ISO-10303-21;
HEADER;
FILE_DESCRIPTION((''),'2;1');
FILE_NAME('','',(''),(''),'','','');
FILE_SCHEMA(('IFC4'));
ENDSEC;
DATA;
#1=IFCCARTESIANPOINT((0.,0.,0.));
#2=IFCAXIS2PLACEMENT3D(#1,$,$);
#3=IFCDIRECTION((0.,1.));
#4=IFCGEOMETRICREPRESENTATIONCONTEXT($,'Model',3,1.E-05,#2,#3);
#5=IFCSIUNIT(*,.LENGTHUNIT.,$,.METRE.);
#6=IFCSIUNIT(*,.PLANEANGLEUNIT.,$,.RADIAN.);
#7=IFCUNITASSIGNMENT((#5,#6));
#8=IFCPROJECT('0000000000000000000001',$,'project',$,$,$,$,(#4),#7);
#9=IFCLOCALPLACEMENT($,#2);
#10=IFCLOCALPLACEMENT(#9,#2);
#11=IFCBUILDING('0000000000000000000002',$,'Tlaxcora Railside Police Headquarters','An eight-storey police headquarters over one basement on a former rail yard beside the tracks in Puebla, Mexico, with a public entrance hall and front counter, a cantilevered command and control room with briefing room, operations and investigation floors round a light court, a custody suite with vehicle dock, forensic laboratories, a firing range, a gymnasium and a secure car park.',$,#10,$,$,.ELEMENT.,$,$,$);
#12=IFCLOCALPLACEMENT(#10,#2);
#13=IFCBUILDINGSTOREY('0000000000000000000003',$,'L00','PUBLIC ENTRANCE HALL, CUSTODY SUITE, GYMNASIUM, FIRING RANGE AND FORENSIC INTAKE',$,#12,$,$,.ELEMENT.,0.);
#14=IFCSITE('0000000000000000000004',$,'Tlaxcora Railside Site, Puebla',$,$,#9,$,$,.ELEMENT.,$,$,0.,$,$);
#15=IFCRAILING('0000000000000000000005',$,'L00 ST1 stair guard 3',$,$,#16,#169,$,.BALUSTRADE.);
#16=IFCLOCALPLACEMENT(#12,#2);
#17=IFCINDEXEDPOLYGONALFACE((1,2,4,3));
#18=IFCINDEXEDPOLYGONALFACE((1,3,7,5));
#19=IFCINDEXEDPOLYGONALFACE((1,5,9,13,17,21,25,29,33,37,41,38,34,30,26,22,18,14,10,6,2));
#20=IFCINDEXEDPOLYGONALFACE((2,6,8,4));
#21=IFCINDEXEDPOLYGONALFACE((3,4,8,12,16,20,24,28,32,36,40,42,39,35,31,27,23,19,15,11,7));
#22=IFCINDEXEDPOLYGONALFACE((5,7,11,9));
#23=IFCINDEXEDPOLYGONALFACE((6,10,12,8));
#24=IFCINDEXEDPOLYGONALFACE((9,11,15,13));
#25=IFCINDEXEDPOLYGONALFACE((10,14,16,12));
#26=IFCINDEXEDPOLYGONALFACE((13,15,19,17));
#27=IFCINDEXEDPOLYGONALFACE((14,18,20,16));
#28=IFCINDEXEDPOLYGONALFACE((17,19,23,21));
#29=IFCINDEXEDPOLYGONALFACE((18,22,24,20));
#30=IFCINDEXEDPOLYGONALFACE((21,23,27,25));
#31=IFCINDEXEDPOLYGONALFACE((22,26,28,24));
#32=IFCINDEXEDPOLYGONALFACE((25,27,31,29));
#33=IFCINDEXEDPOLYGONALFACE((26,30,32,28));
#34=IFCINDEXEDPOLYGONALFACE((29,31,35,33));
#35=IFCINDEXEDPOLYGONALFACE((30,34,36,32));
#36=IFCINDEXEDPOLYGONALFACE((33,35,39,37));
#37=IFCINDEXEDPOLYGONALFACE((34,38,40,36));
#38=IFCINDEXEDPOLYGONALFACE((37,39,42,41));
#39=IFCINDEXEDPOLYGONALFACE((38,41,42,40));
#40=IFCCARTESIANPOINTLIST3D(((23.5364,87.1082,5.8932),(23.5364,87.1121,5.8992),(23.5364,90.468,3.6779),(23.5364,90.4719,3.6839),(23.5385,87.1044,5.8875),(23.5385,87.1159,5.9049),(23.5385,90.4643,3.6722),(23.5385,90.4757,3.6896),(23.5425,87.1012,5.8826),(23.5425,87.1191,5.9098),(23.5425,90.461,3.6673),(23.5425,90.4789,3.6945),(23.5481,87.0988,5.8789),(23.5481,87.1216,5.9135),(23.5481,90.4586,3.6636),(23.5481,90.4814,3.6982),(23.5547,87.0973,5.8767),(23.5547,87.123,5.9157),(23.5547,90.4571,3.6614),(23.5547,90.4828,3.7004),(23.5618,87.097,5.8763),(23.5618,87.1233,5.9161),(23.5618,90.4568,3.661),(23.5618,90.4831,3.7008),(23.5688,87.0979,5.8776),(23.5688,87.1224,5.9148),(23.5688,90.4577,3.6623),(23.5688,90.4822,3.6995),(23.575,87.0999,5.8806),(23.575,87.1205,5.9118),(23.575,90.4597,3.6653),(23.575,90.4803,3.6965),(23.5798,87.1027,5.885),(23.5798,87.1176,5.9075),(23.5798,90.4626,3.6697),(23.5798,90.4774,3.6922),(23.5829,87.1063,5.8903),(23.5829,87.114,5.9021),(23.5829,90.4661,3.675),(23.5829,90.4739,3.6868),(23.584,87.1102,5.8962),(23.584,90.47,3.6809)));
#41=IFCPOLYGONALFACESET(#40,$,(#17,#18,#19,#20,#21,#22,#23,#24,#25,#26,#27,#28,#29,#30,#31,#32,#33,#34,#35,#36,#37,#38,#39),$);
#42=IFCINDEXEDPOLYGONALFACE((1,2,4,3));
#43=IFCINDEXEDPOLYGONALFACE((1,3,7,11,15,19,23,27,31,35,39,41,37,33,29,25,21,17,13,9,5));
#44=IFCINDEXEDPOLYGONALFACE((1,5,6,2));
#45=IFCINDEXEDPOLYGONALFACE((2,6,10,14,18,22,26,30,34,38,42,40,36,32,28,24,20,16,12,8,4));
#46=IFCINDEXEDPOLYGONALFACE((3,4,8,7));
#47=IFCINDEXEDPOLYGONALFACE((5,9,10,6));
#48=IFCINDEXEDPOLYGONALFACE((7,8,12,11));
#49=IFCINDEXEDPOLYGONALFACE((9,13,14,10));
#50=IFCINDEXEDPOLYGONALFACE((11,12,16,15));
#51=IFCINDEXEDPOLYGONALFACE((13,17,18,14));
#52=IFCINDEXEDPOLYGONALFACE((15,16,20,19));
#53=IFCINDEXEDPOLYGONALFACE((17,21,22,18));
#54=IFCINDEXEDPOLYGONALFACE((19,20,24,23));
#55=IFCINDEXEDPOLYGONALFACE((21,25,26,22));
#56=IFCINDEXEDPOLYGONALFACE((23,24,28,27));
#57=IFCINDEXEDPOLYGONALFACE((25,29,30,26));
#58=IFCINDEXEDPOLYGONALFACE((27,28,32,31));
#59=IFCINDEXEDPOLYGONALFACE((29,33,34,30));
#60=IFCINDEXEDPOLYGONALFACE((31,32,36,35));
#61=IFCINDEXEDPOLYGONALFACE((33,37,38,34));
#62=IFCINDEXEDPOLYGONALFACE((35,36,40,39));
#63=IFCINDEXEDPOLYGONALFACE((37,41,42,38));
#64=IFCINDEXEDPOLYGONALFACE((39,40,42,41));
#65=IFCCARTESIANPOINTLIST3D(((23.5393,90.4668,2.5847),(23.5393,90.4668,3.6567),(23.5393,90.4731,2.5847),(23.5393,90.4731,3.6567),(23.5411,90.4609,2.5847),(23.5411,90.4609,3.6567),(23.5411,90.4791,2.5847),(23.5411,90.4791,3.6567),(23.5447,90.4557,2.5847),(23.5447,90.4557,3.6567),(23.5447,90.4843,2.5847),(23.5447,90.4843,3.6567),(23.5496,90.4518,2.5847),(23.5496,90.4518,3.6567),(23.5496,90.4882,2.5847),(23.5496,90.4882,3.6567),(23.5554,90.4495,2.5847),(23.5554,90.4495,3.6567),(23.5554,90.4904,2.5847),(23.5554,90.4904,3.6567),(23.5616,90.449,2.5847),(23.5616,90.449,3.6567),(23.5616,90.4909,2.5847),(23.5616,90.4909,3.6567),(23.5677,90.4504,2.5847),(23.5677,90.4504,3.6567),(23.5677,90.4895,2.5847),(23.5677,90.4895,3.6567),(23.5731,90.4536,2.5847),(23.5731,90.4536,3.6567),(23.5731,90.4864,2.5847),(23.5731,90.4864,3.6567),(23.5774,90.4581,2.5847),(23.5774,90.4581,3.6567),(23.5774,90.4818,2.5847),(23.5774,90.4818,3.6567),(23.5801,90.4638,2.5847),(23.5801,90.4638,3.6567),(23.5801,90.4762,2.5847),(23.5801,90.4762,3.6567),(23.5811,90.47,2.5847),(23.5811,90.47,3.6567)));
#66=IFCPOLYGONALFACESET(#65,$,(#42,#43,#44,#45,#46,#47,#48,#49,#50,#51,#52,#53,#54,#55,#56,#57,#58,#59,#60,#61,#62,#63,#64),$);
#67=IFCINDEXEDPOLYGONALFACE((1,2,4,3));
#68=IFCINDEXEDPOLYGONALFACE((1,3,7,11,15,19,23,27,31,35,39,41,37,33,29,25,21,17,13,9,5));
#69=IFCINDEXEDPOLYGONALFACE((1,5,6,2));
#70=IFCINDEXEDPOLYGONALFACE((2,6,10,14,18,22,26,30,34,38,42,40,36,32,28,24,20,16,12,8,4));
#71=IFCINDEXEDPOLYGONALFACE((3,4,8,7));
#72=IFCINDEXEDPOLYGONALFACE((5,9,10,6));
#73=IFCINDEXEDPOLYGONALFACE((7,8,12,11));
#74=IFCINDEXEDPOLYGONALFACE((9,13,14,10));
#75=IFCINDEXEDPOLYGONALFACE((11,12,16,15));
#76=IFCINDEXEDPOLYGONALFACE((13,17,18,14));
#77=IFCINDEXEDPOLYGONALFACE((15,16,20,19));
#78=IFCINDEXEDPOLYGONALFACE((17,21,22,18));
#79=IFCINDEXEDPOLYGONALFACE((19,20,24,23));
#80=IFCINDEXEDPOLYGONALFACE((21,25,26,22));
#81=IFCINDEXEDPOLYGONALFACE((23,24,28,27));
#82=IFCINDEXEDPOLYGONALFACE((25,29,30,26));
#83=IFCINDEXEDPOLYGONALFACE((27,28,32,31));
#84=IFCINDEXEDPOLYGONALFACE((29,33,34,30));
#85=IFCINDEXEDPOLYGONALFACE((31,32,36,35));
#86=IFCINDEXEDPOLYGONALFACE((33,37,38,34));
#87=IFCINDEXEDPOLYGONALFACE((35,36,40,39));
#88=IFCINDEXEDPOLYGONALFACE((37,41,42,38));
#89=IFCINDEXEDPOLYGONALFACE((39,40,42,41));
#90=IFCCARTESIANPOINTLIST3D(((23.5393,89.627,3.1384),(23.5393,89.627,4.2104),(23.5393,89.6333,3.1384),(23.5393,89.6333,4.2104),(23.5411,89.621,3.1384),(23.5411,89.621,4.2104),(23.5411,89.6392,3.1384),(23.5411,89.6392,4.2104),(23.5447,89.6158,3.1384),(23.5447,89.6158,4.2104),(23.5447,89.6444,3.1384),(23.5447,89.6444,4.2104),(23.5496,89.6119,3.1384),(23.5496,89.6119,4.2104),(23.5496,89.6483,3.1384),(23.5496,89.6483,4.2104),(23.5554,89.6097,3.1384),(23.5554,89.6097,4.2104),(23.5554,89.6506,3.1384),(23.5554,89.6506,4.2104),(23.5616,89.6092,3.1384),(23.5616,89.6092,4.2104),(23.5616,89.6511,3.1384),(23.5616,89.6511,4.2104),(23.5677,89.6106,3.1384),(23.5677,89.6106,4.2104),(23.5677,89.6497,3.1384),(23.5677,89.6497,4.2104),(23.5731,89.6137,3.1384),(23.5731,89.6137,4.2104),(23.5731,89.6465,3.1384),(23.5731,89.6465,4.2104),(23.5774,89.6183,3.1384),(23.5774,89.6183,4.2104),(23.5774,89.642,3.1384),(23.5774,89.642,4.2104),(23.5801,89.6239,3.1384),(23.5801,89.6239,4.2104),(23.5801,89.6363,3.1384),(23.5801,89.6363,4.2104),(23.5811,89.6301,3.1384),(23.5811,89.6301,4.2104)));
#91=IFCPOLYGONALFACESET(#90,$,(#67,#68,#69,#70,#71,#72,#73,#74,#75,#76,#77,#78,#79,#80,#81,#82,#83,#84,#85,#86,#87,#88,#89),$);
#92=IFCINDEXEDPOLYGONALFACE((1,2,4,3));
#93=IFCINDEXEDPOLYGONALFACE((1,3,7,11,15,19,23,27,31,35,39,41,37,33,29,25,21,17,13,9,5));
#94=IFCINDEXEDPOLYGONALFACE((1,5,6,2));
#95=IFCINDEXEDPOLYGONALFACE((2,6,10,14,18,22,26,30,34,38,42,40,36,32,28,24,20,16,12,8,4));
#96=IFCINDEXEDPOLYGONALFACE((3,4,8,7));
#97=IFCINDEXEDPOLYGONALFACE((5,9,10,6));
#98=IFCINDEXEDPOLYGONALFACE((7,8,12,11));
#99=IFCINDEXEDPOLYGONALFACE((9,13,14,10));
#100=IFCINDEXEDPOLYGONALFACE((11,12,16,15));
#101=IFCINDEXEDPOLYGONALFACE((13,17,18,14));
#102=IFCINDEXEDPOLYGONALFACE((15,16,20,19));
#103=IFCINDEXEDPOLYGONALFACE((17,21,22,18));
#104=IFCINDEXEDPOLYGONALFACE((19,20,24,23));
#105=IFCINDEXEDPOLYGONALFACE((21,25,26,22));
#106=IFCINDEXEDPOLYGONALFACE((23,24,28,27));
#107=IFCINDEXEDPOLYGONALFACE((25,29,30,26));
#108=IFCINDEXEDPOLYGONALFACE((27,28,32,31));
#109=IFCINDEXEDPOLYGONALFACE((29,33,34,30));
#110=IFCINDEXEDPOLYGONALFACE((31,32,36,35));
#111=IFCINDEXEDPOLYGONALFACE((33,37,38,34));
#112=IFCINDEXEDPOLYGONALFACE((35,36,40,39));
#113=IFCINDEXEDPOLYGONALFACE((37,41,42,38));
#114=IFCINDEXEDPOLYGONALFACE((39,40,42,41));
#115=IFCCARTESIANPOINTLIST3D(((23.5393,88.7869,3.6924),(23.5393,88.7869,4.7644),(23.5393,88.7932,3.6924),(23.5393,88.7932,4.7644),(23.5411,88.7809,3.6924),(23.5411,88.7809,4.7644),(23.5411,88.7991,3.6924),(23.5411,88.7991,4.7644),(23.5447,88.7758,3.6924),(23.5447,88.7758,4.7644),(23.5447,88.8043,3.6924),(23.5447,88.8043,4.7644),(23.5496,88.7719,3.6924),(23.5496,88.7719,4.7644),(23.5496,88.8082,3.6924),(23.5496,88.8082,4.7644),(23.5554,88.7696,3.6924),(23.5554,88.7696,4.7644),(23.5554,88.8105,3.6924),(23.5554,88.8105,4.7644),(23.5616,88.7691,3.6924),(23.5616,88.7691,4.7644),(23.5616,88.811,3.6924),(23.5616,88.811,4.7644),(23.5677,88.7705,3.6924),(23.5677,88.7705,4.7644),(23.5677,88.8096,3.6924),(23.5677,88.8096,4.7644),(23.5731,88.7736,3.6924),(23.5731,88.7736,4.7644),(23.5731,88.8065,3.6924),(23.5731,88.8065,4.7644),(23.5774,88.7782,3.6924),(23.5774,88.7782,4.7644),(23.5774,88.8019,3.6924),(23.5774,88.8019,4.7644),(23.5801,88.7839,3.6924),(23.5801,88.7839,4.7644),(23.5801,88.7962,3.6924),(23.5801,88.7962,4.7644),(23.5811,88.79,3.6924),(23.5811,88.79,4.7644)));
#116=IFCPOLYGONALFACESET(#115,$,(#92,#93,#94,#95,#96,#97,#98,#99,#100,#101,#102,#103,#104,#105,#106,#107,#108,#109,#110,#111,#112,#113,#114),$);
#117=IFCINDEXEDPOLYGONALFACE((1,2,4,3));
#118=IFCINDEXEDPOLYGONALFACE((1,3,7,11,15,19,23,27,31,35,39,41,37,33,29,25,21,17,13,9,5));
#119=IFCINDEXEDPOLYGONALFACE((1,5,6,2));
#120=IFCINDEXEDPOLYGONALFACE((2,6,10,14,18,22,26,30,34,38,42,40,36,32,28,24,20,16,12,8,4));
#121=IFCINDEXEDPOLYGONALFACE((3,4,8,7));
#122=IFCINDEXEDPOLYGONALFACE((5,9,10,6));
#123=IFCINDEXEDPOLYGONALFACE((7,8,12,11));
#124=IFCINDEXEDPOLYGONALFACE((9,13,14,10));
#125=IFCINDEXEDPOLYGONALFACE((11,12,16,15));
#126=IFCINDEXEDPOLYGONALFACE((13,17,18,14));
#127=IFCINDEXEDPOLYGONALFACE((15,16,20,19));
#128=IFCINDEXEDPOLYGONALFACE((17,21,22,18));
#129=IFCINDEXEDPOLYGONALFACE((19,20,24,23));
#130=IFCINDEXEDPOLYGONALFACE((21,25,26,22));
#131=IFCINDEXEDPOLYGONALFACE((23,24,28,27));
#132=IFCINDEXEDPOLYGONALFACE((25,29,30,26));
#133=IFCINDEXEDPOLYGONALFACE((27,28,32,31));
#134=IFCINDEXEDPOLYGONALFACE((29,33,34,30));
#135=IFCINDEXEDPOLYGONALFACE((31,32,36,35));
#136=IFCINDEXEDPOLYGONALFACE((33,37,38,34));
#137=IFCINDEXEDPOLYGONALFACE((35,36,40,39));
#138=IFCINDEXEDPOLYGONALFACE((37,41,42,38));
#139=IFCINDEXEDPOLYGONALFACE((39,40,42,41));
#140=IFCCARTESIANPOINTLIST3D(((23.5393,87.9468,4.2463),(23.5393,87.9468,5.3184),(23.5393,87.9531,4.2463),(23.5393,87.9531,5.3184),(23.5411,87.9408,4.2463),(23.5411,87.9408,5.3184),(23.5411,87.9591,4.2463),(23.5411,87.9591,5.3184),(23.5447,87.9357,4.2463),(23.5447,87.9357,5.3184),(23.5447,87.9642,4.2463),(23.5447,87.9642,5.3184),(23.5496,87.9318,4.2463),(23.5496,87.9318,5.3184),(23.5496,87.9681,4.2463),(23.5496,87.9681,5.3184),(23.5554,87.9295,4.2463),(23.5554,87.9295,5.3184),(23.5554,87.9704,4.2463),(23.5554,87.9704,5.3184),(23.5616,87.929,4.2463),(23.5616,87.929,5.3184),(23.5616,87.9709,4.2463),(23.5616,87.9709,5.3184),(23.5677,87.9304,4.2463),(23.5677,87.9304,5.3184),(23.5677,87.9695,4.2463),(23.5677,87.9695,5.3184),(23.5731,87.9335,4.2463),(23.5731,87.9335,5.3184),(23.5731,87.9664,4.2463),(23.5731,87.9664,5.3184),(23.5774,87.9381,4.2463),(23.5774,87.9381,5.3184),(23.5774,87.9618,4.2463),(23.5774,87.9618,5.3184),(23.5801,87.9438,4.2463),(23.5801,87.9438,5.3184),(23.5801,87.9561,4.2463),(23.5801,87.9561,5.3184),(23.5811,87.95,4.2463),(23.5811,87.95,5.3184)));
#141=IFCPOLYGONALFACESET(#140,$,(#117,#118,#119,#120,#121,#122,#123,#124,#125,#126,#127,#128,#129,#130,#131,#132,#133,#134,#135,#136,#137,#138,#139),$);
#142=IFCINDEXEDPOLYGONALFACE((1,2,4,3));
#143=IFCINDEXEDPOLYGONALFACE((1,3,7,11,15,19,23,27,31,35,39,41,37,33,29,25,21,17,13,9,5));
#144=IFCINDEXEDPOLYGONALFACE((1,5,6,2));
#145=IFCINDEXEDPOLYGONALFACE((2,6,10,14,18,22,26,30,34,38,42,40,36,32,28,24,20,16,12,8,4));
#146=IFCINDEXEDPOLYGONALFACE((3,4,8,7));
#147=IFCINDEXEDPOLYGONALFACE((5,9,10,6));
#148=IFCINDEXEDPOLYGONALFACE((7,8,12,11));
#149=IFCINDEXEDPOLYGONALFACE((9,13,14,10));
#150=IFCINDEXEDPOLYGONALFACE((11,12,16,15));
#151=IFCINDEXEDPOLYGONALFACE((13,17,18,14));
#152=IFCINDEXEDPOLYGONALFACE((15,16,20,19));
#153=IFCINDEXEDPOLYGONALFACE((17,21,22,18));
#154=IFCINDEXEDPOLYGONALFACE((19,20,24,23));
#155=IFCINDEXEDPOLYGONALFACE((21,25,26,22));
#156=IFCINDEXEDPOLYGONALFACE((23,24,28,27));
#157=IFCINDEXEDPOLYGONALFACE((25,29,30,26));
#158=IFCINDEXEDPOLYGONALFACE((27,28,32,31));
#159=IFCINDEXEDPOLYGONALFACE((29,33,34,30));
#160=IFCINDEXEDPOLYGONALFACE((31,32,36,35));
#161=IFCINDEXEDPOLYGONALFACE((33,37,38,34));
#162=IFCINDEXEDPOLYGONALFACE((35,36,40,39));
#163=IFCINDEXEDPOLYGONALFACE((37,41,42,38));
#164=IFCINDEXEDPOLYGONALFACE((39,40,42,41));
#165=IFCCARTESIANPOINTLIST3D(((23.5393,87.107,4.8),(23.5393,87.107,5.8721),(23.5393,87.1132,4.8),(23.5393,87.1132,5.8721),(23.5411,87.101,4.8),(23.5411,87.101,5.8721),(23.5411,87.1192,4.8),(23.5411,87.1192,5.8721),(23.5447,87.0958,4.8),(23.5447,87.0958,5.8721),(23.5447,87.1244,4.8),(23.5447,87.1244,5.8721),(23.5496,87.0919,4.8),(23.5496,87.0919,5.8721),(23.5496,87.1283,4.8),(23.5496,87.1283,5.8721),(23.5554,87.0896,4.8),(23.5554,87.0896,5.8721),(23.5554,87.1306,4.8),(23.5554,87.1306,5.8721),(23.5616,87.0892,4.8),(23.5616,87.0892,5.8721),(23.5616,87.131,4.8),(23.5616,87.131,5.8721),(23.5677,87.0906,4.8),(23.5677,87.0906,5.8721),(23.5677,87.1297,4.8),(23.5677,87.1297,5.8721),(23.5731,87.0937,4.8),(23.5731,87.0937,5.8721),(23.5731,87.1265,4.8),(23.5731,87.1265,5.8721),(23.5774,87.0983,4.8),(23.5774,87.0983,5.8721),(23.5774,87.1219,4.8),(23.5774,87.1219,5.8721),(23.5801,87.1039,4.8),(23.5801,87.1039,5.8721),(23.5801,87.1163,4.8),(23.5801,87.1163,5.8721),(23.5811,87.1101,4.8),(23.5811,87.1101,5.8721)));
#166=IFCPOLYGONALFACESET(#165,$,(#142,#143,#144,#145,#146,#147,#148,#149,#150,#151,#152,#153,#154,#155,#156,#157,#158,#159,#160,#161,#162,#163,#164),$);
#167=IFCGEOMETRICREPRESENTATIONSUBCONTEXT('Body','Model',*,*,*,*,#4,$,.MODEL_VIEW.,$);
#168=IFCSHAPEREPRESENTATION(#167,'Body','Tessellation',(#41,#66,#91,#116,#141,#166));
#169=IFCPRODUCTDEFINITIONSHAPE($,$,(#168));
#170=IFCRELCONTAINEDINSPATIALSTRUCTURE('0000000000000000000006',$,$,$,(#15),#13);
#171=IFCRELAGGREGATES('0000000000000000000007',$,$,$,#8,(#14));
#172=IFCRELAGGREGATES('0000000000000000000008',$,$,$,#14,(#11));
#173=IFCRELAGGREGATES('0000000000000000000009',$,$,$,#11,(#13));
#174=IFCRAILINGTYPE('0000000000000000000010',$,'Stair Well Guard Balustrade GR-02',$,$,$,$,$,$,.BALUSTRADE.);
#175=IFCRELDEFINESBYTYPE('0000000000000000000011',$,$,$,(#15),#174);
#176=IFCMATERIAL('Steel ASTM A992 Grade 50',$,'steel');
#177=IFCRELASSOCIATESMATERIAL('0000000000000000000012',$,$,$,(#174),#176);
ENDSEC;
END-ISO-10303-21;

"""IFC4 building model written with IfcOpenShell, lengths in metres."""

from ifc_helpers import new_model, si_unit, direction, frame, origin, origin_2d, place, context, subcontext, project, spatial, circle, extrude, material, type_object, element, save


model = new_model("IFC4")

# Units and contexts
model_context = context("Model", 3, precision=1e-05, world=origin(), true_north=direction((0.0, 1.0)))
body_context = subcontext(model_context, "Body", "Model", "MODEL_VIEW")
ifc_project = project(units=[si_unit("LENGTHUNIT", "METRE"), si_unit("PLANEANGLEUNIT", "RADIAN")], contexts=[model_context])

# Site, building, storey
site_placement = place(None, origin())
site = spatial("IfcSite", under=ifc_project, at=site_placement, Name="Tlaxcora Railside Site, Puebla", CompositionType="ELEMENT", RefElevation=0.0)
building_placement = place(site_placement, origin())
building = spatial("IfcBuilding", under=site, at=building_placement, Name="Tlaxcora Railside Police Headquarters", Description="An eight-storey police headquarters over one basement on a former rail yard beside the tracks in Puebla, Mexico, with a public entrance hall and front counter, a cantilevered command and control room with briefing room, operations and investigation floors round a light court, a custody suite with vehicle dock, forensic laboratories, a firing range, a gymnasium and a secure car park.", CompositionType="ELEMENT")
storey_placement = place(building_placement, origin())
storey = spatial("IfcBuildingStorey", under=building, at=storey_placement, Name="L00", Description="PUBLIC ENTRANCE HALL, CUSTODY SUITE, GYMNASIUM, FIRING RANGE AND FORENSIC INTAKE", CompositionType="ELEMENT", Elevation=0.0)

# Shared definitions
ifc_material_1 = material(Name="Steel ASTM A992 Grade 50", Category="steel")

# Railing
railing_type_1 = type_object("IfcRailingType", Name="Stair Well Guard Balustrade GR-02", PredefinedType="BALUSTRADE", material=ifc_material_1)
railing_1_placement = place(storey_placement, frame((23.5601, 90.47, 2.5847)))
element("IfcRailing", 1, at=railing_1_placement, inside=storey, type_object=railing_type_1, Name="L00 ST1 stair guard 3", PredefinedType="BALUSTRADE", context=body_context, shape_type="SweptSolid", body=[
    extrude(circle(Radius=0.0239, at=origin_2d()), frame((0.0, 0.0, 1.0962), z_axis=(0.0, -0.834858, 0.550465), x_axis=(1.0, 0.0, 0.0)), (0.0, 0.0, 1.0), 4.0244),
    extrude(circle(Radius=0.021, at=origin_2d()), origin(), (0.0, 0.0, 1.0), 1.072),
    extrude(circle(Radius=0.021, at=origin_2d()), frame((0.0, -0.8398, 0.5537)), (0.0, 0.0, 1.0), 1.072),
    extrude(circle(Radius=0.021, at=origin_2d()), frame((0.0, -1.6799, 1.1077)), (0.0, 0.0, 1.0), 1.072),
    extrude(circle(Radius=0.021, at=origin_2d()), frame((0.0, -2.52, 1.6616)), (0.0, 0.0, 1.0), 1.072),
    extrude(circle(Radius=0.021, at=origin_2d()), frame((0.0, -3.3599, 2.2153)), (0.0, 0.0, 1.0), 1.072),
])

save(model, "model.ifc")
